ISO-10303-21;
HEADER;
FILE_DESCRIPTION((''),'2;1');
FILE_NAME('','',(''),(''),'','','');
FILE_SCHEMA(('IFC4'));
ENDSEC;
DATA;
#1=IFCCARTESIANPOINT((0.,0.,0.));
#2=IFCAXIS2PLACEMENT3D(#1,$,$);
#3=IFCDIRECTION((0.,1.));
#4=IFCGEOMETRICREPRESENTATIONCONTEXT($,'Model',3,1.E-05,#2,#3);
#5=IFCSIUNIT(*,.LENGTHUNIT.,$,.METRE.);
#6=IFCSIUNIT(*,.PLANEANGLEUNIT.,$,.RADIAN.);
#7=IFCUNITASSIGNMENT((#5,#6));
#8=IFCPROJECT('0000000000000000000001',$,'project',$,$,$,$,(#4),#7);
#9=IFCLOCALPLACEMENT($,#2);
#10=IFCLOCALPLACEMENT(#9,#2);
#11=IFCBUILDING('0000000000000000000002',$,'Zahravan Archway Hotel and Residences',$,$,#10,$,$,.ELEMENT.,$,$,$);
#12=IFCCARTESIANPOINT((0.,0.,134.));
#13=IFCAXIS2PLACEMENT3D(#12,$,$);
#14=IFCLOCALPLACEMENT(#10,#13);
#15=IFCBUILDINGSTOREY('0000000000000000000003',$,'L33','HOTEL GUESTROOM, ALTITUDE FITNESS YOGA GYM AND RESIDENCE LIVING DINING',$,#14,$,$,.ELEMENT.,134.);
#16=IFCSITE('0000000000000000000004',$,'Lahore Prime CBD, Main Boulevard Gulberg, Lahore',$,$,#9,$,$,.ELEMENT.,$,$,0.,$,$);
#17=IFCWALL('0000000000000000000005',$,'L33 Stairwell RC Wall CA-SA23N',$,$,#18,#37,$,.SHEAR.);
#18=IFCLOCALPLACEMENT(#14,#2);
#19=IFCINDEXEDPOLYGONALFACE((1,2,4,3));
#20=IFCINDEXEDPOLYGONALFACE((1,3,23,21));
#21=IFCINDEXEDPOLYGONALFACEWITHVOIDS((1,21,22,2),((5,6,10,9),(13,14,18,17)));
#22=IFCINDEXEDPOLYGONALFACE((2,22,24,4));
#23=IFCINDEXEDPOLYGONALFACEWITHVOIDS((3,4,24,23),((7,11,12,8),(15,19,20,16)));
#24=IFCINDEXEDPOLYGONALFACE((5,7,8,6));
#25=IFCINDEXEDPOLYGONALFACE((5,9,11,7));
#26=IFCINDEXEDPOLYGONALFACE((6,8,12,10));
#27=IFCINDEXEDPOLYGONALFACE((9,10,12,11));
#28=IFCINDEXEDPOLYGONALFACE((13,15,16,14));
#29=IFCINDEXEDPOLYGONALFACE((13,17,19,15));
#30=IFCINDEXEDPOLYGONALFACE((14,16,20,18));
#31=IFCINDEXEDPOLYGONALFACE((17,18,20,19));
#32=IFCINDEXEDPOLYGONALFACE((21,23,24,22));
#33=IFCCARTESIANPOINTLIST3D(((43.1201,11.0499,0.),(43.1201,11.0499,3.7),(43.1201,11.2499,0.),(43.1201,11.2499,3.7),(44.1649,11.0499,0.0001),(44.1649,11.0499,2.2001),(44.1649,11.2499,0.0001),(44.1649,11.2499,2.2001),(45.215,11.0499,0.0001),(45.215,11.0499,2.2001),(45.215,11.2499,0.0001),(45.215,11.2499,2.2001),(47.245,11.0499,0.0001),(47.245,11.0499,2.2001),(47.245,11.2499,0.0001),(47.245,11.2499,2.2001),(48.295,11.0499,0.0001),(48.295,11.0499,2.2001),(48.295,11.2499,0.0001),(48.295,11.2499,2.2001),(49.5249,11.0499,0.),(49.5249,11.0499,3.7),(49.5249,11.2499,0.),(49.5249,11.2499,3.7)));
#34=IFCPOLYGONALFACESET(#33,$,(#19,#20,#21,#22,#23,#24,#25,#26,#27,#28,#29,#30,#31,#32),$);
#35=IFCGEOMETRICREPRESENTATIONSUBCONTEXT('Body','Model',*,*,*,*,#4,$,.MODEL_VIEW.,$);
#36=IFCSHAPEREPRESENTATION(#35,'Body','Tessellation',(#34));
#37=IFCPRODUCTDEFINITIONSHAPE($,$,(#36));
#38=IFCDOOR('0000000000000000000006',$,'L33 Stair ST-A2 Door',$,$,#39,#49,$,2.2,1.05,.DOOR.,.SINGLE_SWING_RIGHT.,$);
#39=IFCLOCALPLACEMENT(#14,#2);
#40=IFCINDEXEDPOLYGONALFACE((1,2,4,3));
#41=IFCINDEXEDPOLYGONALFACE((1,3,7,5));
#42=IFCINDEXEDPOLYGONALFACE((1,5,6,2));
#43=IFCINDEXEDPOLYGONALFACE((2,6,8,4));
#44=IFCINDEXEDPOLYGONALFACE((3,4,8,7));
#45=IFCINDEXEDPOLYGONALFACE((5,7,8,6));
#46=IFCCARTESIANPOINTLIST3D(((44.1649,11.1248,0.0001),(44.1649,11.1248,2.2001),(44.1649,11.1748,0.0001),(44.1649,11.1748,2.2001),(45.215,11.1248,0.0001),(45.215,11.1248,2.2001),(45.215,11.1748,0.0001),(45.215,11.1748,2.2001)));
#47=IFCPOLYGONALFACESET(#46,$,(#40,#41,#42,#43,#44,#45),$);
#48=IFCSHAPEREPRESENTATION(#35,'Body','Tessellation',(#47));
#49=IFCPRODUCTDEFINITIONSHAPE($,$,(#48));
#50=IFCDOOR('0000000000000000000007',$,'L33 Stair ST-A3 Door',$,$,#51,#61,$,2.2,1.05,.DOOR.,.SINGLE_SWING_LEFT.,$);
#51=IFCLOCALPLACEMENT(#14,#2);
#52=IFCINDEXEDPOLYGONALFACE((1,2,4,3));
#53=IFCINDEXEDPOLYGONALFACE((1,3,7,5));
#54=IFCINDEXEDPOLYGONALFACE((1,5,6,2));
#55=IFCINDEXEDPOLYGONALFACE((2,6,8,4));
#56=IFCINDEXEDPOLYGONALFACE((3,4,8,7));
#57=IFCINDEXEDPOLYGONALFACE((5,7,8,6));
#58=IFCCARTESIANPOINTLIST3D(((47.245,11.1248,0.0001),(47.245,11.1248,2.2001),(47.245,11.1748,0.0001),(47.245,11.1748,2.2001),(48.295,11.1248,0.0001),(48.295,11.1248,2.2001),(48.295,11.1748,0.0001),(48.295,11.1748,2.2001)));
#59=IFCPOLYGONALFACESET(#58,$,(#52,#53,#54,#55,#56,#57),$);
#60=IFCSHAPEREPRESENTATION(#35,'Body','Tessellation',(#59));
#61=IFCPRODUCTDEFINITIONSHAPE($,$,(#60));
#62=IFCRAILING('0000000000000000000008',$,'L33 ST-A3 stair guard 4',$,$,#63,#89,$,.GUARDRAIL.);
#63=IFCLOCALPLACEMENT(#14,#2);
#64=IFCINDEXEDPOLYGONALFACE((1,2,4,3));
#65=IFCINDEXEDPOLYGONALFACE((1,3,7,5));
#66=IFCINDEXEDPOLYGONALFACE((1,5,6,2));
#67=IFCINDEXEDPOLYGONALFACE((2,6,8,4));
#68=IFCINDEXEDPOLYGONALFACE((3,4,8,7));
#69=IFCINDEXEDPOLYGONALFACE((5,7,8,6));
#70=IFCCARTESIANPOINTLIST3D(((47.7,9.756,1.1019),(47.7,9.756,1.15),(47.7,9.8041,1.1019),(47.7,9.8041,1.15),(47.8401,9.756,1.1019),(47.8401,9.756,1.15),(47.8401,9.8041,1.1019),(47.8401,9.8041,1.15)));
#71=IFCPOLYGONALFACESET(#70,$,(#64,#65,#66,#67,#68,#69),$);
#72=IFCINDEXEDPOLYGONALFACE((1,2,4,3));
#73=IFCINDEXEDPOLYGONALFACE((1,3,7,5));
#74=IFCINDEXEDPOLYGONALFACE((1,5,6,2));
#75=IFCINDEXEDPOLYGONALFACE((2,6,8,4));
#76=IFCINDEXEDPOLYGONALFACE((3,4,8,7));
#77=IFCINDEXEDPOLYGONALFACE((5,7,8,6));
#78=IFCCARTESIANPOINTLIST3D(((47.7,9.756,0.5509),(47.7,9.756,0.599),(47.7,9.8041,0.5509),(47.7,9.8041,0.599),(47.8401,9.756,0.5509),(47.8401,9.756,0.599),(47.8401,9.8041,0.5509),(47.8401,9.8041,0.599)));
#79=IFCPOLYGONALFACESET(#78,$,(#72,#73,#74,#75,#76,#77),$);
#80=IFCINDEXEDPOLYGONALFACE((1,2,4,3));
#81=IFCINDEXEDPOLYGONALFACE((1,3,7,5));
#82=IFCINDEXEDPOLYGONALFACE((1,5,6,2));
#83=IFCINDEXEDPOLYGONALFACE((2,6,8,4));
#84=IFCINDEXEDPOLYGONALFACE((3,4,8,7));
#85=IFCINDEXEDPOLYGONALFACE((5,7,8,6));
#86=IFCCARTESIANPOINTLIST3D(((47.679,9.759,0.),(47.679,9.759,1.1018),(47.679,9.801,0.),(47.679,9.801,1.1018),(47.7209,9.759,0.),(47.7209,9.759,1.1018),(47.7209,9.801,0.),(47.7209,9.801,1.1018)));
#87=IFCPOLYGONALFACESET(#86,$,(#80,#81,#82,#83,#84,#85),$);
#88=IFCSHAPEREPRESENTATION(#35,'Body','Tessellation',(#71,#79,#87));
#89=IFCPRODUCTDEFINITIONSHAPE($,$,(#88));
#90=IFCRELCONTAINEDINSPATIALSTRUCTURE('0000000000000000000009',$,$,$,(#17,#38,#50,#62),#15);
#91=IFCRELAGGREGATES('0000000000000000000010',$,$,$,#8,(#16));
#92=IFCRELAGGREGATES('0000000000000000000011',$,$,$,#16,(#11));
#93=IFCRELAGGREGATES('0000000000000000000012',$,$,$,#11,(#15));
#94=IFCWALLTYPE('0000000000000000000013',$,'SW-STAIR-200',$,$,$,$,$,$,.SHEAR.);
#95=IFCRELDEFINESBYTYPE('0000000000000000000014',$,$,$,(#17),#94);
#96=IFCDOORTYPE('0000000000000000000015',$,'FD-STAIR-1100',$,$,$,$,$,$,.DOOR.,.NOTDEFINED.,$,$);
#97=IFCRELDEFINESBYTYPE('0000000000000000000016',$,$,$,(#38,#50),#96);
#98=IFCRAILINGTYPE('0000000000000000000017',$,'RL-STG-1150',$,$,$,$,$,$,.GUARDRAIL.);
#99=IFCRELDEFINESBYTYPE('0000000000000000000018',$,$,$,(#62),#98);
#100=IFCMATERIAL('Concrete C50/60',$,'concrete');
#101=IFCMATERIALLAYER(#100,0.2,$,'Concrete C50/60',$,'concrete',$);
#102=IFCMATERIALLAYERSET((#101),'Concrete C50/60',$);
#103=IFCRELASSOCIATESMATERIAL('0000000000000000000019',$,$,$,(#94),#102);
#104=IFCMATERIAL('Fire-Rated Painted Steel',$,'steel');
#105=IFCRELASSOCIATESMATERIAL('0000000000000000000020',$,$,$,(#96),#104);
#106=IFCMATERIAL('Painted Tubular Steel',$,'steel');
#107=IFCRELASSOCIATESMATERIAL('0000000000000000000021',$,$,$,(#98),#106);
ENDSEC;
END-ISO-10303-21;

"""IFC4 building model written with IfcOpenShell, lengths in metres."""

from ifc_helpers import new_model, si_unit, direction, frame, frame_2d, origin, origin_2d, place, context, subcontext, project, spatial, rectangle, extrude, source, transform, mapped, material, layer, layer_set, type_object, type_shapes, element, fill, save


model = new_model("IFC4")

# Units and contexts
model_context = context("Model", 3, precision=1e-05, world=origin(), true_north=direction((0.0, 1.0)))
body_context = subcontext(model_context, "Body", "Model", "MODEL_VIEW")
ifc_project = project(units=[si_unit("LENGTHUNIT", "METRE"), si_unit("PLANEANGLEUNIT", "RADIAN")], contexts=[model_context])

# Site, building, storey
site_placement = place(None, origin())
site = spatial("IfcSite", under=ifc_project, at=site_placement, Name="Lahore Prime CBD, Main Boulevard Gulberg, Lahore", CompositionType="ELEMENT", RefElevation=0.0)
building_placement = place(site_placement, origin())
building = spatial("IfcBuilding", under=site, at=building_placement, Name="Zahravan Archway Hotel and Residences", CompositionType="ELEMENT")
storey_placement = place(building_placement, frame((0.0, 0.0, 134.0)))
storey = spatial("IfcBuildingStorey", under=building, at=storey_placement, Name="L33", Description="HOTEL GUESTROOM, ALTITUDE FITNESS YOGA GYM AND RESIDENCE LIVING DINING", CompositionType="ELEMENT", Elevation=134.0)

# Shared definitions
ifc_material_1 = material(Name="Fire-Rated Painted Steel", Category="steel")

# Shared definitions
ifc_material_2 = material(Name="Concrete C50/60", Category="concrete")
ifc_layer_1 = layer(ifc_material_2, 0.2, Name="Concrete C50/60", Category="concrete")
ifc_layer_set_1 = layer_set([ifc_layer_1], Name="Concrete C50/60")
wall_type_1 = type_object("IfcWallType", Name="SW-STAIR-200", PredefinedType="SHEAR", material=ifc_layer_set_1)
door_type_1 = type_object("IfcDoorType", Name="FD-STAIR-1100", OperationType="NOTDEFINED", PredefinedType="DOOR", material=ifc_material_1)
shared_shape_1 = source(origin(), body_context, "Body", "SweptSolid", [
    extrude(rectangle(XDim=1.05, YDim=2.2, at=frame_2d((0.5249, 1.1001))), frame((0.0, 0.0249, 0.0), z_axis=(0.0, -1.0, 0.0), x_axis=(1.0, 0.0, 0.0)), (0.0, 0.0, 1.0), 0.05),
])
type_shapes(door_type_1, [shared_shape_1])

# Wall, openings, doors
wall_1_placement = place(storey_placement, frame((43.1201, 11.1499, 0.0), z_axis=(0.0, 0.0, 1.0), x_axis=(1.0, 0.0, 0.0)))
wall_1 = element("IfcWall", 1, at=wall_1_placement, inside=storey, type_object=wall_type_1, Name="L33 Stairwell RC Wall CA-SA23N", PredefinedType="SHEAR", context=body_context, shape_type="SweptSolid", body=[
    extrude(rectangle(XDim=6.4048, YDim=0.2, at=frame_2d((3.2024, 0.0))), origin(), (0.0, 0.0, 1.0), 3.7),
])
opening_1_placement = place(wall_1_placement, frame((1.0449, 0.0, 0.0)))
opening_1 = element("IfcOpeningElement", 2, at=opening_1_placement, cuts=wall_1, PredefinedType="OPENING", context=body_context, shape_type="SweptSolid", body=[
    extrude(rectangle(XDim=1.05, YDim=2.2, at=frame_2d((0.5249, 1.1001))), frame((0.0, 0.1099, 0.0), z_axis=(0.0, -1.0, 0.0), x_axis=(1.0, 0.0, 0.0)), (0.0, 0.0, 1.0), 0.22),
])
opening_2_placement = place(wall_1_placement, frame((4.125, 0.0, 0.0)))
opening_2 = element("IfcOpeningElement", 3, at=opening_2_placement, cuts=wall_1, PredefinedType="OPENING", context=body_context, shape_type="SweptSolid", body=[
    extrude(rectangle(XDim=1.05, YDim=2.2, at=frame_2d((0.5249, 1.1001))), frame((0.0, 0.1099, 0.0), z_axis=(0.0, -1.0, 0.0), x_axis=(1.0, 0.0, 0.0)), (0.0, 0.0, 1.0), 0.22),
])
door_1_placement = place(opening_1_placement, origin())
door_1 = element("IfcDoor", 4, at=door_1_placement, inside=storey, type_object=door_type_1, Name="L33 Stair ST-A2 Door", OperationType="SINGLE_SWING_RIGHT", OverallHeight=2.2, OverallWidth=1.05, PredefinedType="DOOR", context=body_context, shape_type="MappedRepresentation", body=[
    mapped(shared_shape_1, transform((0.0, 0.0, 0.0), scale=1.0)),
])
fill(opening_1, door_1)
door_2_placement = place(opening_2_placement, origin())
door_2 = element("IfcDoor", 5, at=door_2_placement, inside=storey, type_object=door_type_1, Name="L33 Stair ST-A3 Door", OperationType="SINGLE_SWING_LEFT", OverallHeight=2.2, OverallWidth=1.05, PredefinedType="DOOR", context=body_context, shape_type="MappedRepresentation", body=[
    mapped(shared_shape_1, transform((0.0, 0.0, 0.0), scale=1.0)),
])
fill(opening_2, door_2)

# Railing
ifc_material_3 = material(Name="Painted Tubular Steel", Category="steel")
railing_type_1 = type_object("IfcRailingType", Name="RL-STG-1150", PredefinedType="GUARDRAIL", material=ifc_material_3)
railing_1_placement = place(storey_placement, frame((47.7, 9.78, 0.0)))
element("IfcRailing", 6, at=railing_1_placement, inside=storey, type_object=railing_type_1, Name="L33 ST-A3 stair guard 4", PredefinedType="GUARDRAIL", context=body_context, shape_type="SweptSolid", body=[
    extrude(rectangle(XDim=0.0481, YDim=0.0481, at=origin_2d()), frame((0.0, 0.0, 1.126), z_axis=(1.0, 0.0, 0.0), x_axis=(0.0, 1.0, 0.0)), (0.0, 0.0, 1.0), 0.1401),
    extrude(rectangle(XDim=0.0481, YDim=0.0481, at=origin_2d()), frame((0.0, 0.0, 0.575), z_axis=(1.0, 0.0, 0.0), x_axis=(0.0, 1.0, 0.0)), (0.0, 0.0, 1.0), 0.1401),
    extrude(rectangle(XDim=0.042, YDim=0.042, at=origin_2d()), origin(), (0.0, 0.0, 1.0), 1.1018),
])

save(model, "model.ifc")
